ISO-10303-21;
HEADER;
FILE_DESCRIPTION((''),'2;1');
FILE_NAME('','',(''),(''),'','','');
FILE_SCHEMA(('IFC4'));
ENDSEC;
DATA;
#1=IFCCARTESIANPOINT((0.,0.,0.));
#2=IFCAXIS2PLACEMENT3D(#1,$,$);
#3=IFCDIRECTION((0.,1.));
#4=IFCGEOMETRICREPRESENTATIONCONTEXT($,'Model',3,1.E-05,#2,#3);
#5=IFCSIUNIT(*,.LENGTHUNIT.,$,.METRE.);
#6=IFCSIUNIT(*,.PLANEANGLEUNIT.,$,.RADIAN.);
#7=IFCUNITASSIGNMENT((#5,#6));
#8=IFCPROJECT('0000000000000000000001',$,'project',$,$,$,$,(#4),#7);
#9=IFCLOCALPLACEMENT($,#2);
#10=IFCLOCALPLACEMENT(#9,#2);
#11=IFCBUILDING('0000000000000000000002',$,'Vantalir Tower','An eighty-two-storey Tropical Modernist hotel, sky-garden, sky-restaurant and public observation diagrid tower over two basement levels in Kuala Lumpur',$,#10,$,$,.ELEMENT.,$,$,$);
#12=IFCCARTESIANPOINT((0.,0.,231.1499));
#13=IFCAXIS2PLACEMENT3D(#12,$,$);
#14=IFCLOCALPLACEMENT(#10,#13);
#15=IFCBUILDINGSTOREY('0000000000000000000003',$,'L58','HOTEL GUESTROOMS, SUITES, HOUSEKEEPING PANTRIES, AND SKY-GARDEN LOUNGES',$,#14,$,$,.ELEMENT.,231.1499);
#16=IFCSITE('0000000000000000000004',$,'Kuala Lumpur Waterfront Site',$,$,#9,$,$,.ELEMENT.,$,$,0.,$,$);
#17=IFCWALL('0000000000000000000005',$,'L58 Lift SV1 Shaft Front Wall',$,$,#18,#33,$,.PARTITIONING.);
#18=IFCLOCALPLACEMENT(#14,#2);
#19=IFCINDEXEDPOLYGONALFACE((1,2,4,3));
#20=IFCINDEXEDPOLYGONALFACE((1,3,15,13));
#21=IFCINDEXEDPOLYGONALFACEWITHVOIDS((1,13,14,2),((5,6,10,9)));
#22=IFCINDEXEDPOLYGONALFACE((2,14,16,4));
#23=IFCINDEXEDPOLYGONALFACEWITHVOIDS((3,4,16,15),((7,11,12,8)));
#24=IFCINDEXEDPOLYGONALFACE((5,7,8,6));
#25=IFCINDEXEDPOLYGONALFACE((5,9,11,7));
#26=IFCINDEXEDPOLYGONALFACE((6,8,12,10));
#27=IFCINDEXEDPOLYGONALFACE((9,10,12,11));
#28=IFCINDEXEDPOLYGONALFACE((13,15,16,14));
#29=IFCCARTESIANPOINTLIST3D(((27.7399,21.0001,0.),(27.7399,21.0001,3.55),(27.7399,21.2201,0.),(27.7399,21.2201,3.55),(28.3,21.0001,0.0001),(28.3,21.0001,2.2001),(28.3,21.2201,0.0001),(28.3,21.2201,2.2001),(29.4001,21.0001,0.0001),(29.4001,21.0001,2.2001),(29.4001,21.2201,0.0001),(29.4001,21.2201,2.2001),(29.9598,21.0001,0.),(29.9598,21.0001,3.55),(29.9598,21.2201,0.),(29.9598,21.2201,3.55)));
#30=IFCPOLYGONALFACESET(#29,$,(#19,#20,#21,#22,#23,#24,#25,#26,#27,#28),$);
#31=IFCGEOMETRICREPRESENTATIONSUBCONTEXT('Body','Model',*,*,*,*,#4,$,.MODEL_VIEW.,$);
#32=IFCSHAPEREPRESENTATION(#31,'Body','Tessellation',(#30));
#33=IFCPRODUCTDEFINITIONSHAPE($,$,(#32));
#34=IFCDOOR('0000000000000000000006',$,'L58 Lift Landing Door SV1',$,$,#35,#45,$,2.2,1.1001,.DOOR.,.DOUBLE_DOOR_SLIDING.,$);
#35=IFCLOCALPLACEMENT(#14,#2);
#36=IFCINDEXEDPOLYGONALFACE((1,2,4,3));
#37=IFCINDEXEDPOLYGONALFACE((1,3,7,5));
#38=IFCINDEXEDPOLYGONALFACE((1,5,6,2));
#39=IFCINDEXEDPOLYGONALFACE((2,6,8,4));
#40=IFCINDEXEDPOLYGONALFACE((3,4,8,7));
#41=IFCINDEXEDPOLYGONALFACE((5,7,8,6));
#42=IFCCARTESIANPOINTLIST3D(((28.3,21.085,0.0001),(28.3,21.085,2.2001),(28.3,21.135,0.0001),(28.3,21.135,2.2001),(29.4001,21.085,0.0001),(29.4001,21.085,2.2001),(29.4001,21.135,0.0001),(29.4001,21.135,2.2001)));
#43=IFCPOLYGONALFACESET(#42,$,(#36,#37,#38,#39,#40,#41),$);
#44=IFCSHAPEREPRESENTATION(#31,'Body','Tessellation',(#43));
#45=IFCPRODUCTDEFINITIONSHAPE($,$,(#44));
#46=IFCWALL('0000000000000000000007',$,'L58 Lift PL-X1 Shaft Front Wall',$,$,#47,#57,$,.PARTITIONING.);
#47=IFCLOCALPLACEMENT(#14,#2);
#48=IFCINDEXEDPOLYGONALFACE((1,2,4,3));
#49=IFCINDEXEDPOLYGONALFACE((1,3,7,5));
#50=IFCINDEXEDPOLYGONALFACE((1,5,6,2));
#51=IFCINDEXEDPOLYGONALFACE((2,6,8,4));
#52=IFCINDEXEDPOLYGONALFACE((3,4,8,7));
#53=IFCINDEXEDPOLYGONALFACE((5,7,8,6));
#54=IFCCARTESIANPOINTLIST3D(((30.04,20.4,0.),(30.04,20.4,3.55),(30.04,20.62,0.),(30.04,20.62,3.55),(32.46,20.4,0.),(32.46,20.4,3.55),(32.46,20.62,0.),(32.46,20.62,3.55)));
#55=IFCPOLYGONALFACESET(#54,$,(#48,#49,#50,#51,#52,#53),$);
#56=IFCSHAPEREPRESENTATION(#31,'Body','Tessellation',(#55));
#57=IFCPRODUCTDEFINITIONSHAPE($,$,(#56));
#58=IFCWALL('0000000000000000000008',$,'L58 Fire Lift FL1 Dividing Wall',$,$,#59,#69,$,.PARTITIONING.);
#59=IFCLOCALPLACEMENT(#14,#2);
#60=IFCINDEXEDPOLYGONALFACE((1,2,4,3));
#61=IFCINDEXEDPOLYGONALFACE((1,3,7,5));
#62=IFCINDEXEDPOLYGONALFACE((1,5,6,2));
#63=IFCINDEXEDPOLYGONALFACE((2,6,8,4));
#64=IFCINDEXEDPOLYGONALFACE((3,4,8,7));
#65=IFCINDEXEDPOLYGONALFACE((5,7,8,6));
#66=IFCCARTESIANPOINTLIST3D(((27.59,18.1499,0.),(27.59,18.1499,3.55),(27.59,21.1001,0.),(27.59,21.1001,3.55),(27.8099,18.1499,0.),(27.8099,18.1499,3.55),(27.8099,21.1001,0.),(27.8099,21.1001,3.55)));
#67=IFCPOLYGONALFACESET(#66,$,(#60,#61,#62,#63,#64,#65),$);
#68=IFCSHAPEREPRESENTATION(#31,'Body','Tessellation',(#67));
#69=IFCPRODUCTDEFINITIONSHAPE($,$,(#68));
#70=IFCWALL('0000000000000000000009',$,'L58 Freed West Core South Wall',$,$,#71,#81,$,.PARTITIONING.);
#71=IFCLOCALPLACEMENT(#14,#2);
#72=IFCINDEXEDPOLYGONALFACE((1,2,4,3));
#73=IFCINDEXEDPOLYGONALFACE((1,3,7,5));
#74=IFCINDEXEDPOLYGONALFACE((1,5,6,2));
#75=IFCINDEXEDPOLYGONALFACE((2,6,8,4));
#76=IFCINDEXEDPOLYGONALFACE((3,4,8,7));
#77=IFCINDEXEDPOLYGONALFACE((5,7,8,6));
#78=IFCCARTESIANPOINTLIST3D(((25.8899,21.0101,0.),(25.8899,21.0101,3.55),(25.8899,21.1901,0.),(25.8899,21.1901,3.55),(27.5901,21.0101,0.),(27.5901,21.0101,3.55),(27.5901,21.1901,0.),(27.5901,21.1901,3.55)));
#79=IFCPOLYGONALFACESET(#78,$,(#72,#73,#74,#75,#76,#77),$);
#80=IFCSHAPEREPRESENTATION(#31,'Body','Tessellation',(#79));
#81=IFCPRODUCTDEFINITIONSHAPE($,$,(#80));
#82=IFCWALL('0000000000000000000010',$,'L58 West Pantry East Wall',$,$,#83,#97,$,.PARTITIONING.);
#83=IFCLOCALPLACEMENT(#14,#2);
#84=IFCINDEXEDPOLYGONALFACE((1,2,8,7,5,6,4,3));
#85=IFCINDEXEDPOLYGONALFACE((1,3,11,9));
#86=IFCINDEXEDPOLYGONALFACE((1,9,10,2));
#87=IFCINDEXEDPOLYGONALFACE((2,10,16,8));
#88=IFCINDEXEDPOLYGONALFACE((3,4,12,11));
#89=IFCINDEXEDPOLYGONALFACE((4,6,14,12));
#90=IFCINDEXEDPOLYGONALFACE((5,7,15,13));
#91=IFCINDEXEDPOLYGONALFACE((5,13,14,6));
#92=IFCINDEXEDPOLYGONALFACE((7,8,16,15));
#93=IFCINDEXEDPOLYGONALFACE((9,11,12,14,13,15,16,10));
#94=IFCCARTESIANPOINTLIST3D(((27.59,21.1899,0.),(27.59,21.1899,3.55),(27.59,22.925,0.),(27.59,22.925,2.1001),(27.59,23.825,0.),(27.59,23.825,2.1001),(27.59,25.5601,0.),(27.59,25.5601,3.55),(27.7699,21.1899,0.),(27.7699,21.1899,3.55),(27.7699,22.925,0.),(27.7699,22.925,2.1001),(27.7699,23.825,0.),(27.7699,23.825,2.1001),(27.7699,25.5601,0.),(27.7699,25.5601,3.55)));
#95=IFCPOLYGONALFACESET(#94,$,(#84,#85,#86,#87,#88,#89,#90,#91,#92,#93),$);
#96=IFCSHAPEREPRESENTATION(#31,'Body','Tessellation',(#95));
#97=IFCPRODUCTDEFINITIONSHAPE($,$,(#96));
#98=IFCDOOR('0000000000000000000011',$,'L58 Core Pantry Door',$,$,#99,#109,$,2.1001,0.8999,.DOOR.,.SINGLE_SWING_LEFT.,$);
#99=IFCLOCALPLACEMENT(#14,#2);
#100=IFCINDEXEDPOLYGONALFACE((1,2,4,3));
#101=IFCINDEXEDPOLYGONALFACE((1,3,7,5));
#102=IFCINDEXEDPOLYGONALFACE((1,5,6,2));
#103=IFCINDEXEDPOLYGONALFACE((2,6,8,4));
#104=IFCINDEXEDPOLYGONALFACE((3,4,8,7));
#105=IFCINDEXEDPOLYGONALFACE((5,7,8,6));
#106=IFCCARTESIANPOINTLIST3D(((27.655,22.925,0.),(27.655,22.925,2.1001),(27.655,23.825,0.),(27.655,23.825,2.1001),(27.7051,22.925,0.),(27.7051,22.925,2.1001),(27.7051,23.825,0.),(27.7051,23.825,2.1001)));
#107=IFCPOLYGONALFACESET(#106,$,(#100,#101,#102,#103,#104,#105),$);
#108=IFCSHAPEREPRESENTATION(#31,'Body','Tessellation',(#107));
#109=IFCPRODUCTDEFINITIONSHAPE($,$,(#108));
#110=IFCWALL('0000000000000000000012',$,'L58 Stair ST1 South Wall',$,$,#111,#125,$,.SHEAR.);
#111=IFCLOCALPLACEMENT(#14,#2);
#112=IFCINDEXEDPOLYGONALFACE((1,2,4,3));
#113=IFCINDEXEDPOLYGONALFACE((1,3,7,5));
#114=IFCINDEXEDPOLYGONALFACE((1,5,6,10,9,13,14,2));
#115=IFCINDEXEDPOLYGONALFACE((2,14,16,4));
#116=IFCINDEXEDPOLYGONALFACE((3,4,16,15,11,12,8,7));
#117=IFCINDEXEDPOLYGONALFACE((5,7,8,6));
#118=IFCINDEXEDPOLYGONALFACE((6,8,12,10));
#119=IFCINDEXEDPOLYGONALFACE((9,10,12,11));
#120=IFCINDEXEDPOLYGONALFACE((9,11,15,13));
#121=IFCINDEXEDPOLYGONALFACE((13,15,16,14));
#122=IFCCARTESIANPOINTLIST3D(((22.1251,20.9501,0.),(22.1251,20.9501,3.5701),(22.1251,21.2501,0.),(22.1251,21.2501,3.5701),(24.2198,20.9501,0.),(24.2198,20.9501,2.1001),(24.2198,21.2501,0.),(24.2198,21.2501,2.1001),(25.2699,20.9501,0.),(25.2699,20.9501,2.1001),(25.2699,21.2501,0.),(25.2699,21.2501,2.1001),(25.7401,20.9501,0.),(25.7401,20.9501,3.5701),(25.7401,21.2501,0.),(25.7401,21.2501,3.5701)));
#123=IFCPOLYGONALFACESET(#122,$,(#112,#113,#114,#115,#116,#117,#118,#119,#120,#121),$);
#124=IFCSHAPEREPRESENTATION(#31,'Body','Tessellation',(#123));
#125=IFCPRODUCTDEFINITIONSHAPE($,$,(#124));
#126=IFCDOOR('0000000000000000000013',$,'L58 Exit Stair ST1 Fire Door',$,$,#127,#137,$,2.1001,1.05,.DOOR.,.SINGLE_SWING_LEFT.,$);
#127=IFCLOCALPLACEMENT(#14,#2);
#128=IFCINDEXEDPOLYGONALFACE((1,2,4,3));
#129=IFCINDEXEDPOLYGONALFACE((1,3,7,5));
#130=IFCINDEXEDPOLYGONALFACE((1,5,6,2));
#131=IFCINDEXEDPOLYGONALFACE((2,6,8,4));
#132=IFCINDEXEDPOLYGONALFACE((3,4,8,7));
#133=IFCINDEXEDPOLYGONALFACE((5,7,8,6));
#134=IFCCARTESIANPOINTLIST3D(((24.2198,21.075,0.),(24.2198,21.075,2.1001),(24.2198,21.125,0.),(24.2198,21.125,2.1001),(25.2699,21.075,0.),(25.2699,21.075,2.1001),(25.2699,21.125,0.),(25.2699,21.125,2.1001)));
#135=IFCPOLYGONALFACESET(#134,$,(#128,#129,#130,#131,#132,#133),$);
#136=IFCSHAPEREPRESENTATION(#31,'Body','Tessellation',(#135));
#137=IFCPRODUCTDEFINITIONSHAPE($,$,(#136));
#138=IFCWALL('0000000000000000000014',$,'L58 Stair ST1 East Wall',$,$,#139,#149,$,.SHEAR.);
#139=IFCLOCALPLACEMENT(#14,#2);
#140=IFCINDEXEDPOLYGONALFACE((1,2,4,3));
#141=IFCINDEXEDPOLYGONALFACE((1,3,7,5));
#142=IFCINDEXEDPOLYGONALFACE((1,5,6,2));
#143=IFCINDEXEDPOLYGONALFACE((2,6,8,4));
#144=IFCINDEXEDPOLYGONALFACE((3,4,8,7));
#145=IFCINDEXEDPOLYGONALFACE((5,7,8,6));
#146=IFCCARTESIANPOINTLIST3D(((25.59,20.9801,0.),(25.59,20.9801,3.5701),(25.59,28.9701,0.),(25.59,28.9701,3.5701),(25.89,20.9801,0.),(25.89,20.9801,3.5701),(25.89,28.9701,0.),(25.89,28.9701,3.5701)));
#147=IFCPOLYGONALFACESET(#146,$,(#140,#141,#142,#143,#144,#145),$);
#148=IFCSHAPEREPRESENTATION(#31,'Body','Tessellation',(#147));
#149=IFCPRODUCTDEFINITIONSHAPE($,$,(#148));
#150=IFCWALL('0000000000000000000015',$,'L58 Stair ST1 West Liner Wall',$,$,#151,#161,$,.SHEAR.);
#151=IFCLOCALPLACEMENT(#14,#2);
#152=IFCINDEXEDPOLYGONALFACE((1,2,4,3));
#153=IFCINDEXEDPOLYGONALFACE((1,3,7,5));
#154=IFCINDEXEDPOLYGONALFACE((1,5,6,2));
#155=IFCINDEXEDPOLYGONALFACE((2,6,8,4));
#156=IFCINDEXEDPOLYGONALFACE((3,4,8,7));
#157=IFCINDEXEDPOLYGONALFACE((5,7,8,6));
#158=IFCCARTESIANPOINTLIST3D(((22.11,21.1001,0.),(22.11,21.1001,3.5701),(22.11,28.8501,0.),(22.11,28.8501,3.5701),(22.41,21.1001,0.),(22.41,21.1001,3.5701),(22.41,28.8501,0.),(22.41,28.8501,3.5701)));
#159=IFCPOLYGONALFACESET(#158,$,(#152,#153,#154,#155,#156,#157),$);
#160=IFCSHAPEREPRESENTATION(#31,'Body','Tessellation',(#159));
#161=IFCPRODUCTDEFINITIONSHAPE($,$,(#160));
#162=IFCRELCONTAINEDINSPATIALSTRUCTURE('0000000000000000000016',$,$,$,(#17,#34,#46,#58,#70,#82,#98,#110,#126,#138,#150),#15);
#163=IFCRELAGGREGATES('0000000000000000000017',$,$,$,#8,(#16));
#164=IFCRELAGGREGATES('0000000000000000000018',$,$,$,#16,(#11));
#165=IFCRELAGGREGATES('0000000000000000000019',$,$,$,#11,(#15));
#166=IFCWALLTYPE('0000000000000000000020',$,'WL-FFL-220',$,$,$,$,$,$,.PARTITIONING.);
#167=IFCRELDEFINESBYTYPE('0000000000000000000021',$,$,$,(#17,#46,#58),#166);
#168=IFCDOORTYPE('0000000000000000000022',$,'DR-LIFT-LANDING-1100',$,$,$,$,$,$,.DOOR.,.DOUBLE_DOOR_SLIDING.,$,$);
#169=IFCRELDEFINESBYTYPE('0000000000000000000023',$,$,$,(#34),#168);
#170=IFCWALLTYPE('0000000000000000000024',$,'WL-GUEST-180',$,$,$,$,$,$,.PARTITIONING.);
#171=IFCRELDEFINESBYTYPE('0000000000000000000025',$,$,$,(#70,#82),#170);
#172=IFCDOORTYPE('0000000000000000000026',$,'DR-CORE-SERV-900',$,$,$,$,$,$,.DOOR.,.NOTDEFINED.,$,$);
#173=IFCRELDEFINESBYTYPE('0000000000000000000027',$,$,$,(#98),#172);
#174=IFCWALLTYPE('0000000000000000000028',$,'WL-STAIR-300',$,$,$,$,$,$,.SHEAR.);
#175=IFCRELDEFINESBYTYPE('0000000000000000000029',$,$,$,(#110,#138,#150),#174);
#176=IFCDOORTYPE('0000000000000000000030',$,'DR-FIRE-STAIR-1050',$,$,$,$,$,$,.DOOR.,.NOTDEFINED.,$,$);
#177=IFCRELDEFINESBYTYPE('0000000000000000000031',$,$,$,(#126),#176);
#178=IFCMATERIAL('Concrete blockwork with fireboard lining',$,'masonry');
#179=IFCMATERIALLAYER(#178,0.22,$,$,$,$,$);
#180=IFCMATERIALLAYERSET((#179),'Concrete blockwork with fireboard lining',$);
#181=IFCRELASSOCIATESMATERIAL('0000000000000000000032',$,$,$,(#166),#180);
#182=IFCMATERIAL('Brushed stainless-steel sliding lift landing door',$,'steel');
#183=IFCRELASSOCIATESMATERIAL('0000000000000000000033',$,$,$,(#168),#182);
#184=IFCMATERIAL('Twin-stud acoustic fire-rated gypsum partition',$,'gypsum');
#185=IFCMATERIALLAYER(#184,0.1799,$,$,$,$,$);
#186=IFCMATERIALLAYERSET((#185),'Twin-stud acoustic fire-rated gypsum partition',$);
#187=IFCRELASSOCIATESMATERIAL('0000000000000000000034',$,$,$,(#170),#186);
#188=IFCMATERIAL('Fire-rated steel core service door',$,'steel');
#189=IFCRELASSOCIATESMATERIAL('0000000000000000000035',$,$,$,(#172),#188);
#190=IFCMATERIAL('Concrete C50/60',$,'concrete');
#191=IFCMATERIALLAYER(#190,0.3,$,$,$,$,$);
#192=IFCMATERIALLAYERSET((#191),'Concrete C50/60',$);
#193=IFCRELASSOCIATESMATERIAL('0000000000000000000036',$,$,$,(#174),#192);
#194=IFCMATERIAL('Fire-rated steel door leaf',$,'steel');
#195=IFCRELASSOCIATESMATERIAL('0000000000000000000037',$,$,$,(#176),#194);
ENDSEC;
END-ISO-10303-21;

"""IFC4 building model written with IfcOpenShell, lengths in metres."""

from ifc_helpers import new_model, si_unit, direction, frame, frame_2d, origin, place, context, subcontext, project, spatial, rectangle, extrude, material, layer, layer_set, type_object, element, fill, save


model = new_model("IFC4")

# Units and contexts
model_context = context("Model", 3, precision=1e-05, world=origin(), true_north=direction((0.0, 1.0)))
body_context = subcontext(model_context, "Body", "Model", "MODEL_VIEW")
ifc_project = project(units=[si_unit("LENGTHUNIT", "METRE"), si_unit("PLANEANGLEUNIT", "RADIAN")], contexts=[model_context])

# Site, building, storey
site_placement = place(None, origin())
site = spatial("IfcSite", under=ifc_project, at=site_placement, Name="Kuala Lumpur Waterfront Site", CompositionType="ELEMENT", RefElevation=0.0)
building_placement = place(site_placement, origin())
building = spatial("IfcBuilding", under=site, at=building_placement, Name="Vantalir Tower", Description="An eighty-two-storey Tropical Modernist hotel, sky-garden, sky-restaurant and public observation diagrid tower over two basement levels in Kuala Lumpur", CompositionType="ELEMENT")
storey_placement = place(building_placement, frame((0.0, 0.0, 231.1499)))
storey = spatial("IfcBuildingStorey", under=building, at=storey_placement, Name="L58", Description="HOTEL GUESTROOMS, SUITES, HOUSEKEEPING PANTRIES, AND SKY-GARDEN LOUNGES", CompositionType="ELEMENT", Elevation=231.1499)

# Shared definitions
ifc_material_1 = material(Name="Concrete C50/60", Category="concrete")

# Shared definitions
ifc_material_2 = material(Name="Concrete blockwork with fireboard lining", Category="masonry")
ifc_layer_1 = layer(ifc_material_2, 0.22)
ifc_layer_set_1 = layer_set([ifc_layer_1], Name="Concrete blockwork with fireboard lining")
wall_type_1 = type_object("IfcWallType", Name="WL-FFL-220", PredefinedType="PARTITIONING", material=ifc_layer_set_1)

# Wall, opening, door
ifc_material_3 = material(Name="Brushed stainless-steel sliding lift landing door", Category="steel")
door_type_1 = type_object("IfcDoorType", Name="DR-LIFT-LANDING-1100", OperationType="DOUBLE_DOOR_SLIDING", PredefinedType="DOOR", material=ifc_material_3)
wall_1_placement = place(storey_placement, frame((27.74, 21.1101, 0.0), z_axis=(0.0, 0.0, 1.0), x_axis=(1.0, 0.0, 0.0)))
wall_1 = element("IfcWall", 1, at=wall_1_placement, inside=storey, type_object=wall_type_1, Name="L58 Lift SV1 Shaft Front Wall", PredefinedType="PARTITIONING", context=body_context, shape_type="SweptSolid", body=[
    extrude(rectangle(XDim=2.22, YDim=0.22, at=frame_2d((1.1099, 0.0))), origin(), (0.0, 0.0, 1.0), 3.55),
])
opening_1_placement = place(wall_1_placement, frame((0.5601, 0.0, 0.0)))
opening_1 = element("IfcOpeningElement", 2, at=opening_1_placement, cuts=wall_1, PredefinedType="OPENING", context=body_context, shape_type="SweptSolid", body=[
    extrude(rectangle(XDim=1.1001, YDim=2.2, at=frame_2d((0.55, 1.1001))), frame((0.0, 0.1199, 0.0), z_axis=(0.0, -1.0, 0.0), x_axis=(1.0, 0.0, 0.0)), (0.0, 0.0, 1.0), 0.24),
])
door_1_placement = place(opening_1_placement, origin())
door_1 = element("IfcDoor", 3, at=door_1_placement, inside=storey, type_object=door_type_1, Name="L58 Lift Landing Door SV1", OperationType="DOUBLE_DOOR_SLIDING", OverallHeight=2.2, OverallWidth=1.1001, PredefinedType="DOOR", context=body_context, shape_type="SweptSolid", body=[
    extrude(rectangle(XDim=1.1001, YDim=2.2, at=frame_2d((0.55, 1.1001))), frame((0.0, 0.0249, 0.0), z_axis=(0.0, -1.0, 0.0), x_axis=(1.0, 0.0, 0.0)), (0.0, 0.0, 1.0), 0.05),
])
fill(opening_1, door_1)

# Walls
wall_2_placement = place(storey_placement, frame((30.04, 20.51, 0.0), z_axis=(0.0, 0.0, 1.0), x_axis=(1.0, 0.0, 0.0)))
element("IfcWall", 4, at=wall_2_placement, inside=storey, type_object=wall_type_1, Name="L58 Lift PL-X1 Shaft Front Wall", PredefinedType="PARTITIONING", context=body_context, shape_type="SweptSolid", body=[
    extrude(rectangle(XDim=2.4199, YDim=0.22, at=frame_2d((1.21, 0.0))), origin(), (0.0, 0.0, 1.0), 3.55),
])
wall_3_placement = place(storey_placement, frame((27.7, 18.1499, 0.0), z_axis=(0.0, 0.0, 1.0), x_axis=(0.0, 1.0, 0.0)))
element("IfcWall", 5, at=wall_3_placement, inside=storey, type_object=wall_type_1, Name="L58 Fire Lift FL1 Dividing Wall", PredefinedType="PARTITIONING", context=body_context, shape_type="SweptSolid", body=[
    extrude(rectangle(XDim=2.9502, YDim=0.22, at=frame_2d((1.4751, 0.0))), origin(), (0.0, 0.0, 1.0), 3.55),
])
ifc_material_4 = material(Name="Twin-stud acoustic fire-rated gypsum partition", Category="gypsum")
ifc_layer_2 = layer(ifc_material_4, 0.1799)
ifc_layer_set_2 = layer_set([ifc_layer_2], Name="Twin-stud acoustic fire-rated gypsum partition")
wall_type_2 = type_object("IfcWallType", Name="WL-GUEST-180", PredefinedType="PARTITIONING", material=ifc_layer_set_2)
wall_4_placement = place(storey_placement, frame((25.8899, 21.1001, 0.0), z_axis=(0.0, 0.0, 1.0), x_axis=(1.0, 0.0, 0.0)))
element("IfcWall", 6, at=wall_4_placement, inside=storey, type_object=wall_type_2, Name="L58 Freed West Core South Wall", PredefinedType="PARTITIONING", context=body_context, shape_type="SweptSolid", body=[
    extrude(rectangle(XDim=1.7002, YDim=0.1799, at=frame_2d((0.8501, 0.0))), origin(), (0.0, 0.0, 1.0), 3.55),
])

# Walls, openings, doors
wall_5_placement = place(storey_placement, frame((27.6799, 21.1899, 0.0), z_axis=(0.0, 0.0, 1.0), x_axis=(0.0, 1.0, 0.0)))
wall_5 = element("IfcWall", 7, at=wall_5_placement, inside=storey, type_object=wall_type_2, Name="L58 West Pantry East Wall", PredefinedType="PARTITIONING", context=body_context, shape_type="SweptSolid", body=[
    extrude(rectangle(XDim=4.3701, YDim=0.1799, at=frame_2d((2.1851, 0.0))), origin(), (0.0, 0.0, 1.0), 3.55),
])
opening_2_placement = place(wall_5_placement, frame((1.7351, 0.0, 0.0)))
opening_2 = element("IfcOpeningElement", 8, at=opening_2_placement, cuts=wall_5, PredefinedType="OPENING", context=body_context, shape_type="SweptSolid", body=[
    extrude(rectangle(XDim=0.8999, YDim=2.1001, at=frame_2d((0.45, 1.05))), frame((0.0, 0.0999, 0.0), z_axis=(0.0, -1.0, 0.0), x_axis=(1.0, 0.0, 0.0)), (0.0, 0.0, 1.0), 0.2),
])
ifc_material_5 = material(Name="Fire-rated steel core service door", Category="steel")
door_type_2 = type_object("IfcDoorType", Name="DR-CORE-SERV-900", OperationType="NOTDEFINED", PredefinedType="DOOR", material=ifc_material_5)
door_2_placement = place(opening_2_placement, origin())
door_2 = element("IfcDoor", 9, at=door_2_placement, inside=storey, type_object=door_type_2, Name="L58 Core Pantry Door", OperationType="SINGLE_SWING_LEFT", OverallHeight=2.1001, OverallWidth=0.8999, PredefinedType="DOOR", context=body_context, shape_type="SweptSolid", body=[
    extrude(rectangle(XDim=0.8999, YDim=2.1001, at=frame_2d((0.45, 1.05))), frame((0.0, 0.0249, 0.0), z_axis=(0.0, -1.0, 0.0), x_axis=(1.0, 0.0, 0.0)), (0.0, 0.0, 1.0), 0.05),
])
fill(opening_2, door_2)
ifc_layer_3 = layer(ifc_material_1, 0.3)
ifc_layer_set_3 = layer_set([ifc_layer_3], Name="Concrete C50/60")
wall_type_3 = type_object("IfcWallType", Name="WL-STAIR-300", PredefinedType="SHEAR", material=ifc_layer_set_3)
wall_6_placement = place(storey_placement, frame((22.125, 21.1001, 0.0), z_axis=(0.0, 0.0, 1.0), x_axis=(1.0, 0.0, 0.0)))
wall_6 = element("IfcWall", 10, at=wall_6_placement, inside=storey, type_object=wall_type_3, Name="L58 Stair ST1 South Wall", PredefinedType="SHEAR", context=body_context, shape_type="SweptSolid", body=[
    extrude(rectangle(XDim=3.615, YDim=0.3, at=frame_2d((1.8076, 0.0))), origin(), (0.0, 0.0, 1.0), 3.5701),
])
opening_3_placement = place(wall_6_placement, frame((2.095, 0.0, 0.0)))
opening_3 = element("IfcOpeningElement", 11, at=opening_3_placement, cuts=wall_6, PredefinedType="OPENING", context=body_context, shape_type="SweptSolid", body=[
    extrude(rectangle(XDim=1.05, YDim=2.1001, at=frame_2d((0.5249, 1.05))), frame((0.0, 0.1599, 0.0), z_axis=(0.0, -1.0, 0.0), x_axis=(1.0, 0.0, 0.0)), (0.0, 0.0, 1.0), 0.3201),
])
ifc_material_6 = material(Name="Fire-rated steel door leaf", Category="steel")
door_type_3 = type_object("IfcDoorType", Name="DR-FIRE-STAIR-1050", OperationType="NOTDEFINED", PredefinedType="DOOR", material=ifc_material_6)
door_3_placement = place(opening_3_placement, origin())
door_3 = element("IfcDoor", 12, at=door_3_placement, inside=storey, type_object=door_type_3, Name="L58 Exit Stair ST1 Fire Door", OperationType="SINGLE_SWING_LEFT", OverallHeight=2.1001, OverallWidth=1.05, PredefinedType="DOOR", context=body_context, shape_type="SweptSolid", body=[
    extrude(rectangle(XDim=1.05, YDim=2.1001, at=frame_2d((0.5249, 1.05))), frame((0.0, 0.0249, 0.0), z_axis=(0.0, -1.0, 0.0), x_axis=(1.0, 0.0, 0.0)), (0.0, 0.0, 1.0), 0.05),
])
fill(opening_3, door_3)

# Walls
wall_7_placement = place(storey_placement, frame((25.74, 20.98, 0.0), z_axis=(0.0, 0.0, 1.0), x_axis=(0.0, 1.0, 0.0)))
element("IfcWall", 13, at=wall_7_placement, inside=storey, type_object=wall_type_3, Name="L58 Stair ST1 East Wall", PredefinedType="SHEAR", context=body_context, shape_type="SweptSolid", body=[
    extrude(rectangle(XDim=7.99, YDim=0.3, at=frame_2d((3.9951, 0.0))), origin(), (0.0, 0.0, 1.0), 3.5701),
])
wall_8_placement = place(storey_placement, frame((22.26, 21.1001, 0.0), z_axis=(0.0, 0.0, 1.0), x_axis=(0.0, 1.0, 0.0)))
element("IfcWall", 14, at=wall_8_placement, inside=storey, type_object=wall_type_3, Name="L58 Stair ST1 West Liner Wall", PredefinedType="SHEAR", context=body_context, shape_type="SweptSolid", body=[
    extrude(rectangle(XDim=7.75, YDim=0.3, at=frame_2d((3.875, 0.0))), origin(), (0.0, 0.0, 1.0), 3.5701),
])

save(model, "model.ifc")
